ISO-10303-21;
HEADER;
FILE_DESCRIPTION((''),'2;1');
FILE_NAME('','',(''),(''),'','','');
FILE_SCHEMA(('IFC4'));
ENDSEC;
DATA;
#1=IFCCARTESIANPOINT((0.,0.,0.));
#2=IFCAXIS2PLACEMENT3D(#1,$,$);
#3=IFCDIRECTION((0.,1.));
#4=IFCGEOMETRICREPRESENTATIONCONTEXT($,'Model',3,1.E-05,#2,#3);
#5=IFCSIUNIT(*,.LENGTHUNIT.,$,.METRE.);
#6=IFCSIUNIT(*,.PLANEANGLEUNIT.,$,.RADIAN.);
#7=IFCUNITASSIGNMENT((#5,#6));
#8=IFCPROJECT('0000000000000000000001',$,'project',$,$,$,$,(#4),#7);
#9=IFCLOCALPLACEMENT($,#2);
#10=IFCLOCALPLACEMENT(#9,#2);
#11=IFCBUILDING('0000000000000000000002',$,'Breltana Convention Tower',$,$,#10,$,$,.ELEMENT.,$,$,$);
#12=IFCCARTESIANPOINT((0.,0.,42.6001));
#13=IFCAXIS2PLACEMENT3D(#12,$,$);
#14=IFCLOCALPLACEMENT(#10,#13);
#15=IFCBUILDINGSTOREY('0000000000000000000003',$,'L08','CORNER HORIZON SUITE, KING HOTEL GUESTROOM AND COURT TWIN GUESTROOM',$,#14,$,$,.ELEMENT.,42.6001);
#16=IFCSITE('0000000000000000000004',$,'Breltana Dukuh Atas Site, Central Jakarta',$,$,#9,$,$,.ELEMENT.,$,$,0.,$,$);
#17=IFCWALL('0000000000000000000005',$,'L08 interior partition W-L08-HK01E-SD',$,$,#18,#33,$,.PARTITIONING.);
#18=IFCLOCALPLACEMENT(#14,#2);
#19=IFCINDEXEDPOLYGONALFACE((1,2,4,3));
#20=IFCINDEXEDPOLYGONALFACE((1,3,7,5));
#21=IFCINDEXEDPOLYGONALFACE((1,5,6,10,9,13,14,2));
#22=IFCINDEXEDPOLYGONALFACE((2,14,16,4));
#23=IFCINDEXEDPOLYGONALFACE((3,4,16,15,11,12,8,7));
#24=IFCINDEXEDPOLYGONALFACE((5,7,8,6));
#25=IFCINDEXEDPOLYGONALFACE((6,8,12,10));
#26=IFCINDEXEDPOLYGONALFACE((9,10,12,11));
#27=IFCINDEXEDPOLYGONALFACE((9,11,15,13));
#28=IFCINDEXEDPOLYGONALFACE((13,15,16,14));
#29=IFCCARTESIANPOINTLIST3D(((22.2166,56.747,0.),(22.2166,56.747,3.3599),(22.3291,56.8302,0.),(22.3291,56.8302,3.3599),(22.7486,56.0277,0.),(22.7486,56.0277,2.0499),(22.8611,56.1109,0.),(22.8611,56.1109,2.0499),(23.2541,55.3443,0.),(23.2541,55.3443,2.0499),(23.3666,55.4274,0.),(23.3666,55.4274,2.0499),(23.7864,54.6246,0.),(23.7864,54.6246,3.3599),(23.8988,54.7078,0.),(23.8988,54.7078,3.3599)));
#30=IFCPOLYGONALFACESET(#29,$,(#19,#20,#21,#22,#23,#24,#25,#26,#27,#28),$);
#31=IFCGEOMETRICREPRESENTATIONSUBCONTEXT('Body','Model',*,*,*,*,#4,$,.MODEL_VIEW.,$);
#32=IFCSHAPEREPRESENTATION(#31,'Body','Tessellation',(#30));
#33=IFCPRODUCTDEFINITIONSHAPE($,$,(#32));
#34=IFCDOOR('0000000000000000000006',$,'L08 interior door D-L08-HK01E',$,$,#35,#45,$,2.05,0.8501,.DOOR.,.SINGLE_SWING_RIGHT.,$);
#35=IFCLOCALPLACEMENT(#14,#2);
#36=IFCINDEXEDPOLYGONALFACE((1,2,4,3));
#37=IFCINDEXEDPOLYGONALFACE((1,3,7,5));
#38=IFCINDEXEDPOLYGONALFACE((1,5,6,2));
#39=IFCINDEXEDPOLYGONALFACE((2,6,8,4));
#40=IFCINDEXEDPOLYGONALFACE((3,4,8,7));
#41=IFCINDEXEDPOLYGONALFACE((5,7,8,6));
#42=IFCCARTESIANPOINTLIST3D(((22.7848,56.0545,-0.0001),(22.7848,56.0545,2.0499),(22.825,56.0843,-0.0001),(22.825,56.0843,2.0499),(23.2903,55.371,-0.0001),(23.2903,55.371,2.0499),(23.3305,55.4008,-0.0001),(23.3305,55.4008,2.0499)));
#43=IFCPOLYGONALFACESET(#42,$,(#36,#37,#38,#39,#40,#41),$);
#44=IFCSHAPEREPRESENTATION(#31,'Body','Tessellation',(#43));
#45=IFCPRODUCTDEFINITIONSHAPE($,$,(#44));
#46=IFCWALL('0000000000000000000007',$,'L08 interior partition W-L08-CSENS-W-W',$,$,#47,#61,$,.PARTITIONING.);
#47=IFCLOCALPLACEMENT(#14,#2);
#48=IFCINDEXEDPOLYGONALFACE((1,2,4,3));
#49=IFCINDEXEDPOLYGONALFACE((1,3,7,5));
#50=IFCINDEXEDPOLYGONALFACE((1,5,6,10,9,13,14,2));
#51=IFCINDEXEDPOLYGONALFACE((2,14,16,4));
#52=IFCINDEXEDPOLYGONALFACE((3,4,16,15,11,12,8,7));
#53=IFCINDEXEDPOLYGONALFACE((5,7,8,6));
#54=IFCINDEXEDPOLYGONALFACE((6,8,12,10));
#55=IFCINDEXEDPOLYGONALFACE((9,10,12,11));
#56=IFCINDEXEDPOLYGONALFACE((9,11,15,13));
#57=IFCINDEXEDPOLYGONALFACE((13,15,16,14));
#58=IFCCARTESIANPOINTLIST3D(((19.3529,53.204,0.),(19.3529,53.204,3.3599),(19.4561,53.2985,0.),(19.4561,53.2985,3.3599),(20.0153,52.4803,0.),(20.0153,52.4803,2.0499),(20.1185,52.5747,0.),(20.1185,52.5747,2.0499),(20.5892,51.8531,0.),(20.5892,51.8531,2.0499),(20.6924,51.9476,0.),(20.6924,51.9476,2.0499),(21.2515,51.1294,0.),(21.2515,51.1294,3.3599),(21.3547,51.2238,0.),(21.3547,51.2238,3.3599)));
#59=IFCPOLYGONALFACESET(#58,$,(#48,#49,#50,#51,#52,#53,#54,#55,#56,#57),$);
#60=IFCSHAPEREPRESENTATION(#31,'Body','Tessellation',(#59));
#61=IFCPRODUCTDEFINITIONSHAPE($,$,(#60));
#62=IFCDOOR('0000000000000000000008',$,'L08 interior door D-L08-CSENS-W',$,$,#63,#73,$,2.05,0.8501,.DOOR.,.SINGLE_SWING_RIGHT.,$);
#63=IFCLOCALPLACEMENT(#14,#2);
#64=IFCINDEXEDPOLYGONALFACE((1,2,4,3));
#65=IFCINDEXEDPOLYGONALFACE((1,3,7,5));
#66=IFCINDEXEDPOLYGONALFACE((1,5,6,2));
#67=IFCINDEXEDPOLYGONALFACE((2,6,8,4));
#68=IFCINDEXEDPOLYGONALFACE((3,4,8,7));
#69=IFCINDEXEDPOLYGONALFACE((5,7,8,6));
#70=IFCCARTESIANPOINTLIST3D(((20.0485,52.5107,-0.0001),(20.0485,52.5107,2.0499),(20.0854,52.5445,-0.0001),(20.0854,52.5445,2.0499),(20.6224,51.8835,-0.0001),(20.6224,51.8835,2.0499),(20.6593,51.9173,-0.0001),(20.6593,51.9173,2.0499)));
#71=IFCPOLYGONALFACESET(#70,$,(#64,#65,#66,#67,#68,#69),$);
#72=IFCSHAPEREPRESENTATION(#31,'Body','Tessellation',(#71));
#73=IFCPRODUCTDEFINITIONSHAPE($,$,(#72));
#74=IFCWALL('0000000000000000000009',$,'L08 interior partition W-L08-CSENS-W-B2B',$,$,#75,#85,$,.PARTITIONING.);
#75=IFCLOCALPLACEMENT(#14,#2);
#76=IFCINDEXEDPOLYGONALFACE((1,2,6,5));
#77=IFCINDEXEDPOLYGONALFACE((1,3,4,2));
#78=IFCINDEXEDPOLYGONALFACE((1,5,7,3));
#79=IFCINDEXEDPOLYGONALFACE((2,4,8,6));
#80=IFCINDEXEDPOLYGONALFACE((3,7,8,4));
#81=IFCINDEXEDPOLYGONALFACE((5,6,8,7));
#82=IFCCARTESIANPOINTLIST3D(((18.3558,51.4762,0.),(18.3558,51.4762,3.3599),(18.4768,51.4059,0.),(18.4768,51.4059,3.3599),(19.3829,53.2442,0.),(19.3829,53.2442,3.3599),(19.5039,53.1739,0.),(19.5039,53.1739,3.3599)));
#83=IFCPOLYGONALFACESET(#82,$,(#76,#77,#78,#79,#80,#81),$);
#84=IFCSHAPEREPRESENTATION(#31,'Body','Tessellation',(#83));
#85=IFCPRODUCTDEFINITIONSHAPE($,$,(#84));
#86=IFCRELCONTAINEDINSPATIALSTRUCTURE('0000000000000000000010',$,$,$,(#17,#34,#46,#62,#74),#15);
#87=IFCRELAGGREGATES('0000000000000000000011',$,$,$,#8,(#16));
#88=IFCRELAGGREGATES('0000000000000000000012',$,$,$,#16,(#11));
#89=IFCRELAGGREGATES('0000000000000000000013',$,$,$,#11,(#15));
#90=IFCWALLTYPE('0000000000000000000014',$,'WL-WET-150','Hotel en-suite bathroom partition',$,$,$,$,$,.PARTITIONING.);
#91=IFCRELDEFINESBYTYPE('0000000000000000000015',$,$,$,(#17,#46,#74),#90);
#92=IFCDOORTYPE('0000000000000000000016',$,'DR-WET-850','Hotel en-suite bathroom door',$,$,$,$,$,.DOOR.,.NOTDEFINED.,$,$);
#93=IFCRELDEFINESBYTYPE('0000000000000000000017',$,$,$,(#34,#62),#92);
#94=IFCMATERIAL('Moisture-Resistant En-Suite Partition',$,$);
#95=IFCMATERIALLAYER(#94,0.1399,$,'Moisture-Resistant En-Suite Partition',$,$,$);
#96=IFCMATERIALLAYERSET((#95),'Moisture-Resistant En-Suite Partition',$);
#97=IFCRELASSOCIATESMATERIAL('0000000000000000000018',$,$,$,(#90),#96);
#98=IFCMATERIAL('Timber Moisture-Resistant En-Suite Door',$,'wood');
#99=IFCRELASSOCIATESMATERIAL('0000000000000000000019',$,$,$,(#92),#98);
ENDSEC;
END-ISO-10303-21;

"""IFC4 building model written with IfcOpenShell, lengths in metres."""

from ifc_helpers import new_model, si_unit, direction, frame, frame_2d, origin, place, context, subcontext, project, spatial, rectangle, extrude, source, transform, mapped, material, layer, layer_set, type_object, type_shapes, element, fill, save


model = new_model("IFC4")

# Units and contexts
model_context = context("Model", 3, precision=1e-05, world=origin(), true_north=direction((0.0, 1.0)))
body_context = subcontext(model_context, "Body", "Model", "MODEL_VIEW")
ifc_project = project(units=[si_unit("LENGTHUNIT", "METRE"), si_unit("PLANEANGLEUNIT", "RADIAN")], contexts=[model_context])

# Site, building, storey
site_placement = place(None, origin())
site = spatial("IfcSite", under=ifc_project, at=site_placement, Name="Breltana Dukuh Atas Site, Central Jakarta", CompositionType="ELEMENT", RefElevation=0.0)
building_placement = place(site_placement, origin())
building = spatial("IfcBuilding", under=site, at=building_placement, Name="Breltana Convention Tower", CompositionType="ELEMENT")
storey_placement = place(building_placement, frame((0.0, 0.0, 42.6001)))
storey = spatial("IfcBuildingStorey", under=building, at=storey_placement, Name="L08", Description="CORNER HORIZON SUITE, KING HOTEL GUESTROOM AND COURT TWIN GUESTROOM", CompositionType="ELEMENT", Elevation=42.6001)

# Shared definitions
ifc_material_1 = material(Name="Moisture-Resistant En-Suite Partition")
ifc_layer_1 = layer(ifc_material_1, 0.1399, Name="Moisture-Resistant En-Suite Partition")
ifc_layer_set_1 = layer_set([ifc_layer_1], Name="Moisture-Resistant En-Suite Partition")
wall_type_1 = type_object("IfcWallType", Name="WL-WET-150", Description="Hotel en-suite bathroom partition", PredefinedType="PARTITIONING", material=ifc_layer_set_1)

# Walls, openings, doors
shared_shape_1 = source(origin(), body_context, "Body", "SweptSolid", [
    extrude(rectangle(XDim=2.6399, YDim=0.1399, at=frame_2d((1.3198, 0.0))), origin(), (0.0, 0.0, 1.0), 3.3599),
])
wall_1_placement = place(storey_placement, frame((23.8425, 54.6663, 0.0), z_axis=(0.0, 0.0, 1.0), x_axis=(-0.59463, 0.803999, 0.0)))
wall_1 = element("IfcWall", 1, at=wall_1_placement, inside=storey, type_object=wall_type_1, Name="L08 interior partition W-L08-HK01E-SD", PredefinedType="PARTITIONING", context=body_context, shape_type="MappedRepresentation", body=[
    mapped(shared_shape_1, transform((0.0, 0.0, 0.0), scale=1.0)),
])
opening_1_placement = place(wall_1_placement, frame((0.895, 0.0, 0.0)))
opening_1 = element("IfcOpeningElement", 2, at=opening_1_placement, cuts=wall_1, PredefinedType="OPENING", context=body_context, shape_type="SweptSolid", body=[
    extrude(rectangle(XDim=0.8501, YDim=2.05, at=frame_2d((0.425, 1.0249))), frame((0.0, 0.0801, 0.0), z_axis=(0.0, -1.0, 0.0), x_axis=(1.0, 0.0, 0.0)), (0.0, 0.0, 1.0), 0.1599),
])
ifc_material_2 = material(Name="Timber Moisture-Resistant En-Suite Door", Category="wood")
door_type_1 = type_object("IfcDoorType", Name="DR-WET-850", Description="Hotel en-suite bathroom door", OperationType="NOTDEFINED", PredefinedType="DOOR", material=ifc_material_2)
shared_shape_2 = source(origin(), body_context, "Body", "SweptSolid", [
    extrude(rectangle(XDim=0.8501, YDim=2.05, at=frame_2d((0.425, 1.0249))), frame((0.0, 0.0249, 0.0), z_axis=(0.0, -1.0, 0.0), x_axis=(1.0, 0.0, 0.0)), (0.0, 0.0, 1.0), 0.05),
])
type_shapes(door_type_1, [shared_shape_2])
door_1_placement = place(opening_1_placement, origin())
door_1 = element("IfcDoor", 3, at=door_1_placement, inside=storey, type_object=door_type_1, Name="L08 interior door D-L08-HK01E", OperationType="SINGLE_SWING_RIGHT", OverallHeight=2.05, OverallWidth=0.8501, PredefinedType="DOOR", context=body_context, shape_type="MappedRepresentation", body=[
    mapped(shared_shape_2, transform((0.0, 0.0, 0.0), scale=1.0)),
])
fill(opening_1, door_1)
shared_shape_3 = source(origin(), body_context, "Body", "SweptSolid", [
    extrude(rectangle(XDim=2.8123, YDim=0.1399, at=frame_2d((1.4062, 0.0))), origin(), (0.0, 0.0, 1.0), 3.3599),
])
wall_2_placement = place(storey_placement, frame((21.3032, 51.1765, 0.0), z_axis=(0.0, 0.0, 1.0), x_axis=(-0.675119, 0.737709, 0.0)))
wall_2 = element("IfcWall", 4, at=wall_2_placement, inside=storey, type_object=wall_type_1, Name="L08 interior partition W-L08-CSENS-W-W", PredefinedType="PARTITIONING", context=body_context, shape_type="MappedRepresentation", body=[
    mapped(shared_shape_3, transform((0.0, 0.0, 0.0), scale=1.0)),
])
opening_2_placement = place(wall_2_placement, frame((0.9812, 0.0, 0.0)))
opening_2 = element("IfcOpeningElement", 5, at=opening_2_placement, cuts=wall_2, PredefinedType="OPENING", context=body_context, shape_type="SweptSolid", body=[
    extrude(rectangle(XDim=0.8501, YDim=2.05, at=frame_2d((0.425, 1.0249))), frame((0.0, 0.0801, 0.0), z_axis=(0.0, -1.0, 0.0), x_axis=(1.0, 0.0, 0.0)), (0.0, 0.0, 1.0), 0.1599),
])
door_2_placement = place(opening_2_placement, origin())
door_2 = element("IfcDoor", 6, at=door_2_placement, inside=storey, type_object=door_type_1, Name="L08 interior door D-L08-CSENS-W", OperationType="SINGLE_SWING_RIGHT", OverallHeight=2.05, OverallWidth=0.8501, PredefinedType="DOOR", context=body_context, shape_type="MappedRepresentation", body=[
    mapped(shared_shape_2, transform((0.0, 0.0, 0.0), scale=1.0)),
])
fill(opening_2, door_2)

# Wall
shared_shape_4 = source(origin(), body_context, "Body", "SweptSolid", [
    extrude(rectangle(XDim=2.0447, YDim=0.1399, at=frame_2d((1.0225, 0.0))), origin(), (0.0, 0.0, 1.0), 3.3599),
])
wall_3_placement = place(storey_placement, frame((18.4163, 51.4409, 0.0), z_axis=(0.0, 0.0, 1.0), x_axis=(0.502311, 0.864687, 0.0)))
element("IfcWall", 7, at=wall_3_placement, inside=storey, type_object=wall_type_1, Name="L08 interior partition W-L08-CSENS-W-B2B", PredefinedType="PARTITIONING", context=body_context, shape_type="MappedRepresentation", body=[
    mapped(shared_shape_4, transform((0.0, 0.0, 0.0), scale=1.0)),
])

save(model, "model.ifc")
